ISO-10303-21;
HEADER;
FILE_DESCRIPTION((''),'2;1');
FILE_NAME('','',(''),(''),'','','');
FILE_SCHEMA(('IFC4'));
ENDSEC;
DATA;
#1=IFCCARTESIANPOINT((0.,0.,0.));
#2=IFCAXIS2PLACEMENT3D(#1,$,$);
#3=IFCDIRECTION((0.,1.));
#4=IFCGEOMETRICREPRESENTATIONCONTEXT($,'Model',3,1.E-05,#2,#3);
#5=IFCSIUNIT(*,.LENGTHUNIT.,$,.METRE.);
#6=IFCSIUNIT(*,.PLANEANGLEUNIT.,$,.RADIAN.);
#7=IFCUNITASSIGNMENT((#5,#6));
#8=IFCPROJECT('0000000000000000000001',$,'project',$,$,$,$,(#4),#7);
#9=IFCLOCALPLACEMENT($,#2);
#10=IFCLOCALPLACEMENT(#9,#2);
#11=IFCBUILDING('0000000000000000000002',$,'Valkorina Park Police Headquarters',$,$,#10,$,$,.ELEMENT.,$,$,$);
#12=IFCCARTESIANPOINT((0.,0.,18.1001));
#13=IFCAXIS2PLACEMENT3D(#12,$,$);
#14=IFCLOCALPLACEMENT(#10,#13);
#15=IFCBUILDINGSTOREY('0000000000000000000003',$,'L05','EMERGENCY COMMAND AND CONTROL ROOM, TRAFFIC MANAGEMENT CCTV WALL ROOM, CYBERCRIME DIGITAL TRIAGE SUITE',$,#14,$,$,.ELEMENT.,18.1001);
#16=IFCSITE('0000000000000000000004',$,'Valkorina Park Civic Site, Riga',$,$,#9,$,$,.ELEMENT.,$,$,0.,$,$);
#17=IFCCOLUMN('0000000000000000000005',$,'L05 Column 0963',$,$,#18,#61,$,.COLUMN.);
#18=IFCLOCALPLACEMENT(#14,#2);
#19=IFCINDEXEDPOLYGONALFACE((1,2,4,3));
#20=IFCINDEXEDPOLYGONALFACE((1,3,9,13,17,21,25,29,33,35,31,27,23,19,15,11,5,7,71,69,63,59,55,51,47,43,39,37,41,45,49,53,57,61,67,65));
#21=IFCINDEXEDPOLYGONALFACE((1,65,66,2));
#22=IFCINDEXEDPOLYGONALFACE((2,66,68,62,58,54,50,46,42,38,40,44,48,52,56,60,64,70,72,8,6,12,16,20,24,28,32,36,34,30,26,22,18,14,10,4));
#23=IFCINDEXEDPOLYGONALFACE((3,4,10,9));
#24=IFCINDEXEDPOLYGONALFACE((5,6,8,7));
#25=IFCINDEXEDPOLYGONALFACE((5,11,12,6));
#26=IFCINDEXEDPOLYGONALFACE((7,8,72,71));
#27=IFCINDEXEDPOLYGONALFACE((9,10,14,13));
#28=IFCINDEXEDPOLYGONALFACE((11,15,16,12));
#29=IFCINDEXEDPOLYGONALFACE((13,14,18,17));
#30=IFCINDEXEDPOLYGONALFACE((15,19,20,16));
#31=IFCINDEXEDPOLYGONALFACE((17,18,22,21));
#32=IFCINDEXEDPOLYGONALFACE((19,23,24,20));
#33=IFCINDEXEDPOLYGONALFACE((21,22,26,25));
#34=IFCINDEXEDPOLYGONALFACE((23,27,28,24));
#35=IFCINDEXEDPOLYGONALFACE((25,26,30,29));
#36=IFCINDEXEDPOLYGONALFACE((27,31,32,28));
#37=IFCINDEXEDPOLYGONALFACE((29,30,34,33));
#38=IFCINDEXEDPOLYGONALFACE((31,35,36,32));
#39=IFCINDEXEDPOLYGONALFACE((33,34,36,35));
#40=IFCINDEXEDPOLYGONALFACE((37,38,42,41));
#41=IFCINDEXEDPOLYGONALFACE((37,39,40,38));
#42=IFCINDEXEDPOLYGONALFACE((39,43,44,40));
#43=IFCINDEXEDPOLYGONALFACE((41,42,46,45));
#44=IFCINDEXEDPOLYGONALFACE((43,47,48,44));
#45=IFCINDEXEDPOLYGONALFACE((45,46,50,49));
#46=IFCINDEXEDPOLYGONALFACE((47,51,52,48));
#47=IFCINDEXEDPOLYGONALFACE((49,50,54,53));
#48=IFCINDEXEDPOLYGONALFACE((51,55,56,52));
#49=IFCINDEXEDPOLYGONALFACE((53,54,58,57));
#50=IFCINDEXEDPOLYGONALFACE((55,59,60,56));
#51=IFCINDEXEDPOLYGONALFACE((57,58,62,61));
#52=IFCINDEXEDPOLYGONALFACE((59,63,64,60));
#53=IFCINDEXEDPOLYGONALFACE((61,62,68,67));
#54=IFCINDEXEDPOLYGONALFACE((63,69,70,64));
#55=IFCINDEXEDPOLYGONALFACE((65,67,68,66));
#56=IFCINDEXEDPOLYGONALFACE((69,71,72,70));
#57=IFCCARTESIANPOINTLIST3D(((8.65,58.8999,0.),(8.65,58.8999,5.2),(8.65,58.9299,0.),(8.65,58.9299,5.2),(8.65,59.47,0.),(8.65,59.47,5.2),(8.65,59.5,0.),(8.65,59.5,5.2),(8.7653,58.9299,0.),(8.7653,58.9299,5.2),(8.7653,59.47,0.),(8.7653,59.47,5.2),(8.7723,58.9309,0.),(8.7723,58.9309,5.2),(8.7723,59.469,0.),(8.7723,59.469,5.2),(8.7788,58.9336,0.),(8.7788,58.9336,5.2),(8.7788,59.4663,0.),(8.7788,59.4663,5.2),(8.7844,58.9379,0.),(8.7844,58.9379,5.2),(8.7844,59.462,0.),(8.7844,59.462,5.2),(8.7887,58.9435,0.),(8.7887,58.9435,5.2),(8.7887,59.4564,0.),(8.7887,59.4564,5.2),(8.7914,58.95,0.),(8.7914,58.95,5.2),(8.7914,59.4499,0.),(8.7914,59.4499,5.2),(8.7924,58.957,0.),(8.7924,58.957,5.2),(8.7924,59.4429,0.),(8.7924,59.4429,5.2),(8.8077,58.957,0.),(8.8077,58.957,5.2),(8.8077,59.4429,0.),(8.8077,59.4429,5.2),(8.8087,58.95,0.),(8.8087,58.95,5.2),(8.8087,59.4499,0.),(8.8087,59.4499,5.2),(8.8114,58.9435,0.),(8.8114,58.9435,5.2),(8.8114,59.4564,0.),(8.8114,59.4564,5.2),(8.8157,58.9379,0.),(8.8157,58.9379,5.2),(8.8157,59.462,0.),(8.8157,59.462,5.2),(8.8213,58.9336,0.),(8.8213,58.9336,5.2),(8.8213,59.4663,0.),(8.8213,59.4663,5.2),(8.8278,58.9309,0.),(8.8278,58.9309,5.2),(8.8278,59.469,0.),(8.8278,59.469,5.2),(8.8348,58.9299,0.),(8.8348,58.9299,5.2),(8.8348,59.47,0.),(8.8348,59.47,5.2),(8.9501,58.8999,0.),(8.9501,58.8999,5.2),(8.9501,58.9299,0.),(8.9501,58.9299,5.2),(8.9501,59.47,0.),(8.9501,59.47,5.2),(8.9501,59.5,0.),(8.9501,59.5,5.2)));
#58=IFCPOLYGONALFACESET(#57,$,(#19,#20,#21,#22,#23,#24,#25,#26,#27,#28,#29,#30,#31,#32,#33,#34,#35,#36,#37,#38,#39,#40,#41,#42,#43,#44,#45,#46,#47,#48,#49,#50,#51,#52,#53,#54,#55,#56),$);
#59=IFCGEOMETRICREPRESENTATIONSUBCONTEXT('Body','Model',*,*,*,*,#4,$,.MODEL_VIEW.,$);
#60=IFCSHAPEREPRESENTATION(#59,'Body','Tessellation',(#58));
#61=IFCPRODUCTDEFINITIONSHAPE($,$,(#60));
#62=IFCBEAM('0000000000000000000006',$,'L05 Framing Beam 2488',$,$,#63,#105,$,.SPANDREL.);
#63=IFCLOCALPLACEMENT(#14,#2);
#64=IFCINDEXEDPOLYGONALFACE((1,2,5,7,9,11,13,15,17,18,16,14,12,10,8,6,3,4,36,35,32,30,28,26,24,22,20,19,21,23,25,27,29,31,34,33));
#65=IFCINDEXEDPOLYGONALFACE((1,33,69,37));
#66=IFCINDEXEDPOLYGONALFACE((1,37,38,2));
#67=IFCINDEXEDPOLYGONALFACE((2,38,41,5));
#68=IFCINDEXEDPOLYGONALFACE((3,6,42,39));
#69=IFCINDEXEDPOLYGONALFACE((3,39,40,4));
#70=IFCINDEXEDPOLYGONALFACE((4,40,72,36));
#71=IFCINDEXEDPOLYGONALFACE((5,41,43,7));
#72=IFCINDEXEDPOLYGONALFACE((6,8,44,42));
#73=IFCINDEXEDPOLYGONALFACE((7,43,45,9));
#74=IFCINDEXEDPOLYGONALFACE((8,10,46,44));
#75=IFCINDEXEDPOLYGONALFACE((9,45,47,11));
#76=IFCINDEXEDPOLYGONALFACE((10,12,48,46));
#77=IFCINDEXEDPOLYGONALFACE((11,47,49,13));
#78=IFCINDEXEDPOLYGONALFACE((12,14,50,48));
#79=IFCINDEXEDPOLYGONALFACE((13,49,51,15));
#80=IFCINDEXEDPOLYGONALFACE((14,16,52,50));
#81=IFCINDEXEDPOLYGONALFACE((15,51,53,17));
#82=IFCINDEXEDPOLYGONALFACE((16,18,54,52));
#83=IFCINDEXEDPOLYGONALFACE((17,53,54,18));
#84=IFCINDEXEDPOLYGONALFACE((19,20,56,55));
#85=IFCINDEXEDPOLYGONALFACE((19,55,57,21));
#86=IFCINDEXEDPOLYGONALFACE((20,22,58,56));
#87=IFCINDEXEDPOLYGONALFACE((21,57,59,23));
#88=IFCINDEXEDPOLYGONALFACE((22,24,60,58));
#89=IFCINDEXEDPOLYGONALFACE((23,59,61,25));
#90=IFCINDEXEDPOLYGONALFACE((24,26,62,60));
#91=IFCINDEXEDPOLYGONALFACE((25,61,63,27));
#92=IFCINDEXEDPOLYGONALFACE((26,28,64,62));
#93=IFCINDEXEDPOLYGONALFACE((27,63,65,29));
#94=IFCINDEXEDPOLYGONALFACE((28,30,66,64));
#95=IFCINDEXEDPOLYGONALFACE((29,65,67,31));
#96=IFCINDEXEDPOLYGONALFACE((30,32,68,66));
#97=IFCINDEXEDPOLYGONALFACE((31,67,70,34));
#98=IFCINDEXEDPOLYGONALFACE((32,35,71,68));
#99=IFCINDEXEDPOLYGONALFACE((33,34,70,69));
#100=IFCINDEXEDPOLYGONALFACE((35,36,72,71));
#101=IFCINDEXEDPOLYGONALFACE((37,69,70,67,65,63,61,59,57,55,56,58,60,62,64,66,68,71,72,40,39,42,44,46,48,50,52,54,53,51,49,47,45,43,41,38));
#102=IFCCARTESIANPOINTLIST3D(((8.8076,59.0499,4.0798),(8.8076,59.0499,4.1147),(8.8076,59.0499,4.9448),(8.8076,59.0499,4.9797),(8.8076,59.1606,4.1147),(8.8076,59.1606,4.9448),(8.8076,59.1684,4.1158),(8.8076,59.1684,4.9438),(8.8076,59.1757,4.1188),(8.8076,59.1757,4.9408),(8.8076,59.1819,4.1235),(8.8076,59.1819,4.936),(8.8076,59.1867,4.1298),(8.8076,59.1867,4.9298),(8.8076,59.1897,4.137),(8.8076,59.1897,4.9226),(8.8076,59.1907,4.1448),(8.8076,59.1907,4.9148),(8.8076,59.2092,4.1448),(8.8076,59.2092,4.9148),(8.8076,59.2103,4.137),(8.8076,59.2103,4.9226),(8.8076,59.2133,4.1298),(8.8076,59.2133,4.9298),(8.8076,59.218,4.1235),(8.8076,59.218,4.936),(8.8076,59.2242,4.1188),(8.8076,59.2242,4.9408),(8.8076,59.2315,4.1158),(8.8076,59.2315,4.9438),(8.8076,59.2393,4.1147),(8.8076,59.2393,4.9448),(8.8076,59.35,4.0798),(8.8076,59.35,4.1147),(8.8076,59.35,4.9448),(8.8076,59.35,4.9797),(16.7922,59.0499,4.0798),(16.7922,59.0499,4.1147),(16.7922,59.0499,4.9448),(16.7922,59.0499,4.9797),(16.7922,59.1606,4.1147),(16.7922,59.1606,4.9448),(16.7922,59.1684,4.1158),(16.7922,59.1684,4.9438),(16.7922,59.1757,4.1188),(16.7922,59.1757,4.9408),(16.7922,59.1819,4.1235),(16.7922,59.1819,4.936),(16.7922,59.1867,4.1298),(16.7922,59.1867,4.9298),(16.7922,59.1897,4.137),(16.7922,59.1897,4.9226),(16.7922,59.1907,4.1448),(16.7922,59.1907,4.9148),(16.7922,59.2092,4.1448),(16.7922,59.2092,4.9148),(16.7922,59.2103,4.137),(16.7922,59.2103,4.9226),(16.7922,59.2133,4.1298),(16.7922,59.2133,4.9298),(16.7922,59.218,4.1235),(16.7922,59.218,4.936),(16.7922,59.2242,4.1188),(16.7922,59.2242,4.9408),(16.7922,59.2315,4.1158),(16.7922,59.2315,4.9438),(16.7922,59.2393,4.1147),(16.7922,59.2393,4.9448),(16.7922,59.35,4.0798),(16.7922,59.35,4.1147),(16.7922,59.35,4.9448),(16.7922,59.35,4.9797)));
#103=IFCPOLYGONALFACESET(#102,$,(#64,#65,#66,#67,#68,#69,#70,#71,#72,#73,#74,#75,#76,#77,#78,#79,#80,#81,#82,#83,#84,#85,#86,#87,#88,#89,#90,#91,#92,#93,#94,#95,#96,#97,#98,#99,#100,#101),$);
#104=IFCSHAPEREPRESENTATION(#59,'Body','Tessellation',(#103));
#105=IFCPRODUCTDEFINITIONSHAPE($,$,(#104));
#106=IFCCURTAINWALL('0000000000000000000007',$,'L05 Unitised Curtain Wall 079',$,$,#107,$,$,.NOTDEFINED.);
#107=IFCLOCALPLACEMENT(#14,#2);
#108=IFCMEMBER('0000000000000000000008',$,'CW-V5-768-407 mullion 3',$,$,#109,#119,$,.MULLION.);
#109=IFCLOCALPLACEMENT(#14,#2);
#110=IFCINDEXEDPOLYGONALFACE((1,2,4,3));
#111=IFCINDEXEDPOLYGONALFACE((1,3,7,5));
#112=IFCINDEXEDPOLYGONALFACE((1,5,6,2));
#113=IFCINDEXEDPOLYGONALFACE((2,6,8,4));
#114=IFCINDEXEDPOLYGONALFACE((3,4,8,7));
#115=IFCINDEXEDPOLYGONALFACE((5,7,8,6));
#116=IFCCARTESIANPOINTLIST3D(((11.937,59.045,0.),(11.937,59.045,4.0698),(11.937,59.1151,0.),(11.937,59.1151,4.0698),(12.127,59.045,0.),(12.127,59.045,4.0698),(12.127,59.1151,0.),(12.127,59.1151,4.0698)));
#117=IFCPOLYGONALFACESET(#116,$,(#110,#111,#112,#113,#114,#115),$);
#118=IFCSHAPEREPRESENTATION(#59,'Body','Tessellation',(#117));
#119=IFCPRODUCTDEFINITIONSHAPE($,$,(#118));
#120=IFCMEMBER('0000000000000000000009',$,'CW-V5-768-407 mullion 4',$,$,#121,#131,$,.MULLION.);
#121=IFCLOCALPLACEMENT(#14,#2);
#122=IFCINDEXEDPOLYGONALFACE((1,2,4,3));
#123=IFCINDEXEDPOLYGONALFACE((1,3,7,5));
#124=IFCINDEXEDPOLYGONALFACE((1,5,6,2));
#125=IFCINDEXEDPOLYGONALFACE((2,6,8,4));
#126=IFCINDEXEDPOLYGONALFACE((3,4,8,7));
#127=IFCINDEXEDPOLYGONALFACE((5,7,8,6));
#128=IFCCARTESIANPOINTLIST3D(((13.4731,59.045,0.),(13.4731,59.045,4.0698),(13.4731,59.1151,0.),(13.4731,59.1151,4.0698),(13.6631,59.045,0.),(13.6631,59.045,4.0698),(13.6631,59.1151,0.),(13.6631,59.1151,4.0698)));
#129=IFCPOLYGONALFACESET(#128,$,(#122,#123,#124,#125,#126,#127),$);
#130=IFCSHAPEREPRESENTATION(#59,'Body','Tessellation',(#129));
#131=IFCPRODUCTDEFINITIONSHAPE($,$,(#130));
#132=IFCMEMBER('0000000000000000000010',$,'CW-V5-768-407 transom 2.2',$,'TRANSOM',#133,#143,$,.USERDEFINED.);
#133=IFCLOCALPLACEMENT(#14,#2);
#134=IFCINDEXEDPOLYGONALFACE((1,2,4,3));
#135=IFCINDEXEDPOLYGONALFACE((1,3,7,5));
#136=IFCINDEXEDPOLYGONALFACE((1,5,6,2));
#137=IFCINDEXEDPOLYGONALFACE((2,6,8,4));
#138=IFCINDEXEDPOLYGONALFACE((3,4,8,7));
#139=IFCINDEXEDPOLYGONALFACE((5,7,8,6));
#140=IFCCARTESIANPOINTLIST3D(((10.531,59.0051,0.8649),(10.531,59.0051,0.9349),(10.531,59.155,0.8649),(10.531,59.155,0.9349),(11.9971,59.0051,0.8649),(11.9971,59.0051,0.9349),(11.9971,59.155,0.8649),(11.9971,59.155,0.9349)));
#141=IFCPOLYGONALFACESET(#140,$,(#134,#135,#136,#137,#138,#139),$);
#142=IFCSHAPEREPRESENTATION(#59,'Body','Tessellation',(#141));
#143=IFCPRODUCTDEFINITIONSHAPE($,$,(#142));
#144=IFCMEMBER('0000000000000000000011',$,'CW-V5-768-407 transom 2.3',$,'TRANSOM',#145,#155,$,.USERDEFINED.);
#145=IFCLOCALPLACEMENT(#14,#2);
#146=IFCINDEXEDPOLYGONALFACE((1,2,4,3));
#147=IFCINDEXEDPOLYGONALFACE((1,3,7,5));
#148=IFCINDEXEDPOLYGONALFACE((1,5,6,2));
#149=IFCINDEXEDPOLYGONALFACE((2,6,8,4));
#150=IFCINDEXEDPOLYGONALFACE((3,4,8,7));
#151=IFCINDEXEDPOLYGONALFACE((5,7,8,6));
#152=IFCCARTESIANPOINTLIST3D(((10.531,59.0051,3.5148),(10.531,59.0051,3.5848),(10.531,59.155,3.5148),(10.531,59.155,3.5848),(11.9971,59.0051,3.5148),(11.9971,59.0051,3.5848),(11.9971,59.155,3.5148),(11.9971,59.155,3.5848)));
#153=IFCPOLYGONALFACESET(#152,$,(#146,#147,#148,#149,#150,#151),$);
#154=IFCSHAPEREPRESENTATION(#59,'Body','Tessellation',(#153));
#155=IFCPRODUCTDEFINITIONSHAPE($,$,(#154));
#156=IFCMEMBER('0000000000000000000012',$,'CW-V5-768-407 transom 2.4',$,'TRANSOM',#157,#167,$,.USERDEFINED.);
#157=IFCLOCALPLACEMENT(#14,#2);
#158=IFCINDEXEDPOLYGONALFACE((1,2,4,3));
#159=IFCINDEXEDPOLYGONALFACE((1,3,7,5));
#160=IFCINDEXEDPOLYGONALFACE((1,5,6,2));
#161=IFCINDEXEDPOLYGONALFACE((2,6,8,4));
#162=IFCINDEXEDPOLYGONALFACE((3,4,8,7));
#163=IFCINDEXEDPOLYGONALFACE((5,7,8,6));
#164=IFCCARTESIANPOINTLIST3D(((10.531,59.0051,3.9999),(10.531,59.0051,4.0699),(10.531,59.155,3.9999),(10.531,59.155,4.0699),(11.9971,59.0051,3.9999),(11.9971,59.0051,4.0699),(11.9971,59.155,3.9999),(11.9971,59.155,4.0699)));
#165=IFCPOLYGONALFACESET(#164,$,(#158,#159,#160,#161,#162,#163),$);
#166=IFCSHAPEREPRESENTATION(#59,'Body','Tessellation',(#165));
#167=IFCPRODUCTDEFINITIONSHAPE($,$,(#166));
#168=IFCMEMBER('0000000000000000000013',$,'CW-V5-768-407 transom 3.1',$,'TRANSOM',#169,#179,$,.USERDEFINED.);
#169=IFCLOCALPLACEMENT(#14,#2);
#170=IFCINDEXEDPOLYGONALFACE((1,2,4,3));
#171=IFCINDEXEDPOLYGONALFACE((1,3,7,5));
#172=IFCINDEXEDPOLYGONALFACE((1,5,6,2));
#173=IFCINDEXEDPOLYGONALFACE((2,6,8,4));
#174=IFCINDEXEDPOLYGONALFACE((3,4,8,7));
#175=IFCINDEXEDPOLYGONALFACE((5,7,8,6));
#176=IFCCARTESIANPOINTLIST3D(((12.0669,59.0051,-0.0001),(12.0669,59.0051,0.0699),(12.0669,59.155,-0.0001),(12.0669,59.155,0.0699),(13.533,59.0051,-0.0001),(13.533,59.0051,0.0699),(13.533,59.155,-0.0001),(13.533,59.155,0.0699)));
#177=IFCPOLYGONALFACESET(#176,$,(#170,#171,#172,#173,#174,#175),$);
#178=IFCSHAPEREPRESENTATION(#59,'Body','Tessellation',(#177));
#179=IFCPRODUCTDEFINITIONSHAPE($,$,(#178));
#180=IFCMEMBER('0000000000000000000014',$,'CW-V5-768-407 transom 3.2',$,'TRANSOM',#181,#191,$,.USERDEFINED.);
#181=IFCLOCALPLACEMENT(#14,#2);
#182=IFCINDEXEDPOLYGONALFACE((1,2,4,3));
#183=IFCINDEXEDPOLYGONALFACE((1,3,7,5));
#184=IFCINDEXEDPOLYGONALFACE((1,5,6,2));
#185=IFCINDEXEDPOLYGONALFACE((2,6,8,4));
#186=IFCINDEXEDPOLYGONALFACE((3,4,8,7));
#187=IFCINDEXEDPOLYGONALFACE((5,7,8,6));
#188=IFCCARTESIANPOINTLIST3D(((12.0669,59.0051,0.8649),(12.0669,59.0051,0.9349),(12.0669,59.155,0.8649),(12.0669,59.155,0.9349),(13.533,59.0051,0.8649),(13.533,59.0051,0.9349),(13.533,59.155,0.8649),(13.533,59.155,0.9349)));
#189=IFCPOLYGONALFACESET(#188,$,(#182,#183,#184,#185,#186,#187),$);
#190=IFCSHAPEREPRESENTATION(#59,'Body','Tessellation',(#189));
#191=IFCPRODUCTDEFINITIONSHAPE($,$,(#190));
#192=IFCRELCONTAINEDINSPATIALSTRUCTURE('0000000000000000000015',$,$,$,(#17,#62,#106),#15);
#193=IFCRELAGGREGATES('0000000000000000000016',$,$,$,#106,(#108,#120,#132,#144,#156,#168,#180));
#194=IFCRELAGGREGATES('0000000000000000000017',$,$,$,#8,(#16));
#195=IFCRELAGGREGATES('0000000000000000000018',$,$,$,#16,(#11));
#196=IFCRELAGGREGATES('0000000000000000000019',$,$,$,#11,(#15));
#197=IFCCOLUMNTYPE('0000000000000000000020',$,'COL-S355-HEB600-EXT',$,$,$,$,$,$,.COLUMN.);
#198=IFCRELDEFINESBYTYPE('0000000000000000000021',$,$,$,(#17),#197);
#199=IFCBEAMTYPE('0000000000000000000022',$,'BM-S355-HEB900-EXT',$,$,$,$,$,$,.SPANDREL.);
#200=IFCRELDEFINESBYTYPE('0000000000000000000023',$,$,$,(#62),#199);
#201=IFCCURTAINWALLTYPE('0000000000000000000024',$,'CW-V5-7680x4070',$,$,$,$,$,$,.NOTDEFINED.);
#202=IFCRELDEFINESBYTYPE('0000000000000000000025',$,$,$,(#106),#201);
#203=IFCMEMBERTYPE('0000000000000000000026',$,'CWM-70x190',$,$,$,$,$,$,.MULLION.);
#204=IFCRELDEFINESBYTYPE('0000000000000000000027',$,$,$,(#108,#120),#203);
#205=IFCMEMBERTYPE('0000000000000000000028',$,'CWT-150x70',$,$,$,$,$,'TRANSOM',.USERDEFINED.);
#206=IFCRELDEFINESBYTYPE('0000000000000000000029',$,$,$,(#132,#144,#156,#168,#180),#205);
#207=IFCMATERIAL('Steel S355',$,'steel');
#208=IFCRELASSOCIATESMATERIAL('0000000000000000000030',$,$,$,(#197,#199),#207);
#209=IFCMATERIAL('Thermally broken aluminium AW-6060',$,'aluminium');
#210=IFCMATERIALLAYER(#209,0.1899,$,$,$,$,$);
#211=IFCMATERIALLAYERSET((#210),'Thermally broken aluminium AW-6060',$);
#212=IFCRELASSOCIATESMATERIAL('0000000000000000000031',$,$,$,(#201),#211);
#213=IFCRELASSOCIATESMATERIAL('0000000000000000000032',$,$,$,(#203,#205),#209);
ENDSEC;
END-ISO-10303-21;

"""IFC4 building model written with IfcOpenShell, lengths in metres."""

from ifc_helpers import new_model, si_unit, direction, frame, origin, origin_2d, place, context, subcontext, project, spatial, rectangle, i_section, extrude, material, layer, layer_set, material_profile, profile_set, type_object, element, aggregate, save


model = new_model("IFC4")

# Units and contexts
model_context = context("Model", 3, precision=1e-05, world=origin(), true_north=direction((0.0, 1.0)))
body_context = subcontext(model_context, "Body", "Model", "MODEL_VIEW")
ifc_project = project(units=[si_unit("LENGTHUNIT", "METRE"), si_unit("PLANEANGLEUNIT", "RADIAN")], contexts=[model_context])

# Site, building, storey
site_placement = place(None, origin())
site = spatial("IfcSite", under=ifc_project, at=site_placement, Name="Valkorina Park Civic Site, Riga", CompositionType="ELEMENT", RefElevation=0.0)
building_placement = place(site_placement, origin())
building = spatial("IfcBuilding", under=site, at=building_placement, Name="Valkorina Park Police Headquarters", CompositionType="ELEMENT")
storey_placement = place(building_placement, frame((0.0, 0.0, 18.1001)))
storey = spatial("IfcBuildingStorey", under=building, at=storey_placement, Name="L05", Description="EMERGENCY COMMAND AND CONTROL ROOM, TRAFFIC MANAGEMENT CCTV WALL ROOM, CYBERCRIME DIGITAL TRIAGE SUITE", CompositionType="ELEMENT", Elevation=18.1001)

# Column
ifc_material_1 = material(Name="Steel S355", Category="steel")
ifc_material_profile_1 = material_profile(ifc_material_1, i_section(OverallWidth=0.3, OverallDepth=0.6001, WebThickness=0.0154, FlangeThickness=0.03, FilletRadius=0.0271, at=origin_2d()), Name="HEB 600")
ifc_profile_set_1 = profile_set([ifc_material_profile_1], Name="Steel S355")
column_type = type_object("IfcColumnType", Name="COL-S355-HEB600-EXT", PredefinedType="COLUMN", material=ifc_profile_set_1)
column_placement = place(storey_placement, frame((8.8, 59.2, 0.0), z_axis=(0.0, 0.0, 1.0), x_axis=(1.0, 0.0, 0.0)))
element("IfcColumn", 1, at=column_placement, inside=storey, type_object=column_type, Name="L05 Column 0963", PredefinedType="COLUMN", context=body_context, shape_type="SweptSolid", body=[
    extrude(i_section(OverallWidth=0.3, OverallDepth=0.6001, WebThickness=0.0154, FlangeThickness=0.03, FilletRadius=0.0271, at=origin_2d()), origin(), (0.0, 0.0, 1.0), 5.2),
])

# Beam
ifc_material_profile_2 = material_profile(ifc_material_1, i_section(OverallWidth=0.3, OverallDepth=0.8999, WebThickness=0.0186, FlangeThickness=0.0349, FilletRadius=0.03, at=origin_2d()), Name="HEB 900")
ifc_profile_set_2 = profile_set([ifc_material_profile_2], Name="Steel S355")
beam_type = type_object("IfcBeamType", Name="BM-S355-HEB900-EXT", PredefinedType="SPANDREL", material=ifc_profile_set_2)
beam_placement = place(storey_placement, frame((8.8076, 59.2, 4.5298), z_axis=(1.0, 0.0, 0.0), x_axis=(0.0, 1.0, 0.0)))
element("IfcBeam", 2, at=beam_placement, inside=storey, type_object=beam_type, Name="L05 Framing Beam 2488", PredefinedType="SPANDREL", context=body_context, shape_type="SweptSolid", body=[
    extrude(i_section(OverallWidth=0.3, OverallDepth=0.8999, WebThickness=0.0186, FlangeThickness=0.0349, FilletRadius=0.03, at=origin_2d()), origin(), (0.0, 0.0, 1.0), 7.9846),
])

# Curtain wall, members
ifc_material_2 = material(Name="Thermally broken aluminium AW-6060", Category="aluminium")
ifc_layer_1 = layer(ifc_material_2, 0.1899)
ifc_layer_set_1 = layer_set([ifc_layer_1], Name="Thermally broken aluminium AW-6060")
curtain_wall_type = type_object("IfcCurtainWallType", Name="CW-V5-7680x4070", PredefinedType="NOTDEFINED", material=ifc_layer_set_1)
curtain_wall_placement = place(storey_placement, origin())
curtain_wall = element("IfcCurtainWall", 3, at=curtain_wall_placement, inside=storey, type_object=curtain_wall_type, Name="L05 Unitised Curtain Wall 079", PredefinedType="NOTDEFINED")
ifc_material_profile_3 = material_profile(ifc_material_2, rectangle(XDim=0.0701, YDim=0.1899, at=origin_2d()), Name="CWM-02 70x190")
ifc_profile_set_3 = profile_set([ifc_material_profile_3], Name="Thermally broken aluminium AW-6060")
member_type_1 = type_object("IfcMemberType", Name="CWM-70x190", PredefinedType="MULLION", material=ifc_profile_set_3)
member_1_placement = place(storey_placement, frame((12.032, 59.0801, 0.0), z_axis=(0.0, 0.0, 1.0), x_axis=(0.0, 1.0, 0.0)))
member_1 = element("IfcMember", 4, at=member_1_placement, type_object=member_type_1, Name="CW-V5-768-407 mullion 3", PredefinedType="MULLION", context=body_context, shape_type="SweptSolid", body=[
    extrude(rectangle(XDim=0.0701, YDim=0.1899, at=origin_2d()), origin(), (0.0, 0.0, 1.0), 4.0698),
])
member_2_placement = place(storey_placement, frame((13.5681, 59.0801, 0.0), z_axis=(0.0, 0.0, 1.0), x_axis=(0.0, 1.0, 0.0)))
member_2 = element("IfcMember", 5, at=member_2_placement, type_object=member_type_1, Name="CW-V5-768-407 mullion 4", PredefinedType="MULLION", context=body_context, shape_type="SweptSolid", body=[
    extrude(rectangle(XDim=0.0701, YDim=0.1899, at=origin_2d()), origin(), (0.0, 0.0, 1.0), 4.0698),
])
ifc_material_profile_4 = material_profile(ifc_material_2, rectangle(XDim=0.1499, YDim=0.0701, at=origin_2d()), Name="CWT-02 150x70")
ifc_profile_set_4 = profile_set([ifc_material_profile_4], Name="Thermally broken aluminium AW-6060")
member_type_2 = type_object("IfcMemberType", Name="CWT-150x70", ElementType="TRANSOM", PredefinedType="USERDEFINED", material=ifc_profile_set_4)
member_3_placement = place(storey_placement, frame((10.531, 59.0801, 0.8999), z_axis=(1.0, 0.0, 0.0), x_axis=(0.0, 1.0, 0.0)))
member_3 = element("IfcMember", 6, at=member_3_placement, type_object=member_type_2, Name="CW-V5-768-407 transom 2.2", ObjectType="TRANSOM", PredefinedType="USERDEFINED", context=body_context, shape_type="SweptSolid", body=[
    extrude(rectangle(XDim=0.1499, YDim=0.0701, at=origin_2d()), origin(), (0.0, 0.0, 1.0), 1.4661),
])
member_4_placement = place(storey_placement, frame((10.531, 59.0801, 3.5498), z_axis=(1.0, 0.0, 0.0), x_axis=(0.0, 1.0, 0.0)))
member_4 = element("IfcMember", 7, at=member_4_placement, type_object=member_type_2, Name="CW-V5-768-407 transom 2.3", ObjectType="TRANSOM", PredefinedType="USERDEFINED", context=body_context, shape_type="SweptSolid", body=[
    extrude(rectangle(XDim=0.1499, YDim=0.0701, at=origin_2d()), origin(), (0.0, 0.0, 1.0), 1.4661),
])
member_5_placement = place(storey_placement, frame((10.531, 59.0801, 4.0349), z_axis=(1.0, 0.0, 0.0), x_axis=(0.0, 1.0, 0.0)))
member_5 = element("IfcMember", 8, at=member_5_placement, type_object=member_type_2, Name="CW-V5-768-407 transom 2.4", ObjectType="TRANSOM", PredefinedType="USERDEFINED", context=body_context, shape_type="SweptSolid", body=[
    extrude(rectangle(XDim=0.1499, YDim=0.0701, at=origin_2d()), origin(), (0.0, 0.0, 1.0), 1.4661),
])
member_6_placement = place(storey_placement, frame((12.0669, 59.0801, 0.0349), z_axis=(1.0, 0.0, 0.0), x_axis=(0.0, 1.0, 0.0)))
member_6 = element("IfcMember", 9, at=member_6_placement, type_object=member_type_2, Name="CW-V5-768-407 transom 3.1", ObjectType="TRANSOM", PredefinedType="USERDEFINED", context=body_context, shape_type="SweptSolid", body=[
    extrude(rectangle(XDim=0.1499, YDim=0.0701, at=origin_2d()), origin(), (0.0, 0.0, 1.0), 1.4661),
])
member_7_placement = place(storey_placement, frame((12.0669, 59.0801, 0.8999), z_axis=(1.0, 0.0, 0.0), x_axis=(0.0, 1.0, 0.0)))
member_7 = element("IfcMember", 10, at=member_7_placement, type_object=member_type_2, Name="CW-V5-768-407 transom 3.2", ObjectType="TRANSOM", PredefinedType="USERDEFINED", context=body_context, shape_type="SweptSolid", body=[
    extrude(rectangle(XDim=0.1499, YDim=0.0701, at=origin_2d()), origin(), (0.0, 0.0, 1.0), 1.4661),
])
aggregate(curtain_wall, [member_1, member_2, member_3, member_4, member_5, member_6, member_7])

save(model, "model.ifc")
